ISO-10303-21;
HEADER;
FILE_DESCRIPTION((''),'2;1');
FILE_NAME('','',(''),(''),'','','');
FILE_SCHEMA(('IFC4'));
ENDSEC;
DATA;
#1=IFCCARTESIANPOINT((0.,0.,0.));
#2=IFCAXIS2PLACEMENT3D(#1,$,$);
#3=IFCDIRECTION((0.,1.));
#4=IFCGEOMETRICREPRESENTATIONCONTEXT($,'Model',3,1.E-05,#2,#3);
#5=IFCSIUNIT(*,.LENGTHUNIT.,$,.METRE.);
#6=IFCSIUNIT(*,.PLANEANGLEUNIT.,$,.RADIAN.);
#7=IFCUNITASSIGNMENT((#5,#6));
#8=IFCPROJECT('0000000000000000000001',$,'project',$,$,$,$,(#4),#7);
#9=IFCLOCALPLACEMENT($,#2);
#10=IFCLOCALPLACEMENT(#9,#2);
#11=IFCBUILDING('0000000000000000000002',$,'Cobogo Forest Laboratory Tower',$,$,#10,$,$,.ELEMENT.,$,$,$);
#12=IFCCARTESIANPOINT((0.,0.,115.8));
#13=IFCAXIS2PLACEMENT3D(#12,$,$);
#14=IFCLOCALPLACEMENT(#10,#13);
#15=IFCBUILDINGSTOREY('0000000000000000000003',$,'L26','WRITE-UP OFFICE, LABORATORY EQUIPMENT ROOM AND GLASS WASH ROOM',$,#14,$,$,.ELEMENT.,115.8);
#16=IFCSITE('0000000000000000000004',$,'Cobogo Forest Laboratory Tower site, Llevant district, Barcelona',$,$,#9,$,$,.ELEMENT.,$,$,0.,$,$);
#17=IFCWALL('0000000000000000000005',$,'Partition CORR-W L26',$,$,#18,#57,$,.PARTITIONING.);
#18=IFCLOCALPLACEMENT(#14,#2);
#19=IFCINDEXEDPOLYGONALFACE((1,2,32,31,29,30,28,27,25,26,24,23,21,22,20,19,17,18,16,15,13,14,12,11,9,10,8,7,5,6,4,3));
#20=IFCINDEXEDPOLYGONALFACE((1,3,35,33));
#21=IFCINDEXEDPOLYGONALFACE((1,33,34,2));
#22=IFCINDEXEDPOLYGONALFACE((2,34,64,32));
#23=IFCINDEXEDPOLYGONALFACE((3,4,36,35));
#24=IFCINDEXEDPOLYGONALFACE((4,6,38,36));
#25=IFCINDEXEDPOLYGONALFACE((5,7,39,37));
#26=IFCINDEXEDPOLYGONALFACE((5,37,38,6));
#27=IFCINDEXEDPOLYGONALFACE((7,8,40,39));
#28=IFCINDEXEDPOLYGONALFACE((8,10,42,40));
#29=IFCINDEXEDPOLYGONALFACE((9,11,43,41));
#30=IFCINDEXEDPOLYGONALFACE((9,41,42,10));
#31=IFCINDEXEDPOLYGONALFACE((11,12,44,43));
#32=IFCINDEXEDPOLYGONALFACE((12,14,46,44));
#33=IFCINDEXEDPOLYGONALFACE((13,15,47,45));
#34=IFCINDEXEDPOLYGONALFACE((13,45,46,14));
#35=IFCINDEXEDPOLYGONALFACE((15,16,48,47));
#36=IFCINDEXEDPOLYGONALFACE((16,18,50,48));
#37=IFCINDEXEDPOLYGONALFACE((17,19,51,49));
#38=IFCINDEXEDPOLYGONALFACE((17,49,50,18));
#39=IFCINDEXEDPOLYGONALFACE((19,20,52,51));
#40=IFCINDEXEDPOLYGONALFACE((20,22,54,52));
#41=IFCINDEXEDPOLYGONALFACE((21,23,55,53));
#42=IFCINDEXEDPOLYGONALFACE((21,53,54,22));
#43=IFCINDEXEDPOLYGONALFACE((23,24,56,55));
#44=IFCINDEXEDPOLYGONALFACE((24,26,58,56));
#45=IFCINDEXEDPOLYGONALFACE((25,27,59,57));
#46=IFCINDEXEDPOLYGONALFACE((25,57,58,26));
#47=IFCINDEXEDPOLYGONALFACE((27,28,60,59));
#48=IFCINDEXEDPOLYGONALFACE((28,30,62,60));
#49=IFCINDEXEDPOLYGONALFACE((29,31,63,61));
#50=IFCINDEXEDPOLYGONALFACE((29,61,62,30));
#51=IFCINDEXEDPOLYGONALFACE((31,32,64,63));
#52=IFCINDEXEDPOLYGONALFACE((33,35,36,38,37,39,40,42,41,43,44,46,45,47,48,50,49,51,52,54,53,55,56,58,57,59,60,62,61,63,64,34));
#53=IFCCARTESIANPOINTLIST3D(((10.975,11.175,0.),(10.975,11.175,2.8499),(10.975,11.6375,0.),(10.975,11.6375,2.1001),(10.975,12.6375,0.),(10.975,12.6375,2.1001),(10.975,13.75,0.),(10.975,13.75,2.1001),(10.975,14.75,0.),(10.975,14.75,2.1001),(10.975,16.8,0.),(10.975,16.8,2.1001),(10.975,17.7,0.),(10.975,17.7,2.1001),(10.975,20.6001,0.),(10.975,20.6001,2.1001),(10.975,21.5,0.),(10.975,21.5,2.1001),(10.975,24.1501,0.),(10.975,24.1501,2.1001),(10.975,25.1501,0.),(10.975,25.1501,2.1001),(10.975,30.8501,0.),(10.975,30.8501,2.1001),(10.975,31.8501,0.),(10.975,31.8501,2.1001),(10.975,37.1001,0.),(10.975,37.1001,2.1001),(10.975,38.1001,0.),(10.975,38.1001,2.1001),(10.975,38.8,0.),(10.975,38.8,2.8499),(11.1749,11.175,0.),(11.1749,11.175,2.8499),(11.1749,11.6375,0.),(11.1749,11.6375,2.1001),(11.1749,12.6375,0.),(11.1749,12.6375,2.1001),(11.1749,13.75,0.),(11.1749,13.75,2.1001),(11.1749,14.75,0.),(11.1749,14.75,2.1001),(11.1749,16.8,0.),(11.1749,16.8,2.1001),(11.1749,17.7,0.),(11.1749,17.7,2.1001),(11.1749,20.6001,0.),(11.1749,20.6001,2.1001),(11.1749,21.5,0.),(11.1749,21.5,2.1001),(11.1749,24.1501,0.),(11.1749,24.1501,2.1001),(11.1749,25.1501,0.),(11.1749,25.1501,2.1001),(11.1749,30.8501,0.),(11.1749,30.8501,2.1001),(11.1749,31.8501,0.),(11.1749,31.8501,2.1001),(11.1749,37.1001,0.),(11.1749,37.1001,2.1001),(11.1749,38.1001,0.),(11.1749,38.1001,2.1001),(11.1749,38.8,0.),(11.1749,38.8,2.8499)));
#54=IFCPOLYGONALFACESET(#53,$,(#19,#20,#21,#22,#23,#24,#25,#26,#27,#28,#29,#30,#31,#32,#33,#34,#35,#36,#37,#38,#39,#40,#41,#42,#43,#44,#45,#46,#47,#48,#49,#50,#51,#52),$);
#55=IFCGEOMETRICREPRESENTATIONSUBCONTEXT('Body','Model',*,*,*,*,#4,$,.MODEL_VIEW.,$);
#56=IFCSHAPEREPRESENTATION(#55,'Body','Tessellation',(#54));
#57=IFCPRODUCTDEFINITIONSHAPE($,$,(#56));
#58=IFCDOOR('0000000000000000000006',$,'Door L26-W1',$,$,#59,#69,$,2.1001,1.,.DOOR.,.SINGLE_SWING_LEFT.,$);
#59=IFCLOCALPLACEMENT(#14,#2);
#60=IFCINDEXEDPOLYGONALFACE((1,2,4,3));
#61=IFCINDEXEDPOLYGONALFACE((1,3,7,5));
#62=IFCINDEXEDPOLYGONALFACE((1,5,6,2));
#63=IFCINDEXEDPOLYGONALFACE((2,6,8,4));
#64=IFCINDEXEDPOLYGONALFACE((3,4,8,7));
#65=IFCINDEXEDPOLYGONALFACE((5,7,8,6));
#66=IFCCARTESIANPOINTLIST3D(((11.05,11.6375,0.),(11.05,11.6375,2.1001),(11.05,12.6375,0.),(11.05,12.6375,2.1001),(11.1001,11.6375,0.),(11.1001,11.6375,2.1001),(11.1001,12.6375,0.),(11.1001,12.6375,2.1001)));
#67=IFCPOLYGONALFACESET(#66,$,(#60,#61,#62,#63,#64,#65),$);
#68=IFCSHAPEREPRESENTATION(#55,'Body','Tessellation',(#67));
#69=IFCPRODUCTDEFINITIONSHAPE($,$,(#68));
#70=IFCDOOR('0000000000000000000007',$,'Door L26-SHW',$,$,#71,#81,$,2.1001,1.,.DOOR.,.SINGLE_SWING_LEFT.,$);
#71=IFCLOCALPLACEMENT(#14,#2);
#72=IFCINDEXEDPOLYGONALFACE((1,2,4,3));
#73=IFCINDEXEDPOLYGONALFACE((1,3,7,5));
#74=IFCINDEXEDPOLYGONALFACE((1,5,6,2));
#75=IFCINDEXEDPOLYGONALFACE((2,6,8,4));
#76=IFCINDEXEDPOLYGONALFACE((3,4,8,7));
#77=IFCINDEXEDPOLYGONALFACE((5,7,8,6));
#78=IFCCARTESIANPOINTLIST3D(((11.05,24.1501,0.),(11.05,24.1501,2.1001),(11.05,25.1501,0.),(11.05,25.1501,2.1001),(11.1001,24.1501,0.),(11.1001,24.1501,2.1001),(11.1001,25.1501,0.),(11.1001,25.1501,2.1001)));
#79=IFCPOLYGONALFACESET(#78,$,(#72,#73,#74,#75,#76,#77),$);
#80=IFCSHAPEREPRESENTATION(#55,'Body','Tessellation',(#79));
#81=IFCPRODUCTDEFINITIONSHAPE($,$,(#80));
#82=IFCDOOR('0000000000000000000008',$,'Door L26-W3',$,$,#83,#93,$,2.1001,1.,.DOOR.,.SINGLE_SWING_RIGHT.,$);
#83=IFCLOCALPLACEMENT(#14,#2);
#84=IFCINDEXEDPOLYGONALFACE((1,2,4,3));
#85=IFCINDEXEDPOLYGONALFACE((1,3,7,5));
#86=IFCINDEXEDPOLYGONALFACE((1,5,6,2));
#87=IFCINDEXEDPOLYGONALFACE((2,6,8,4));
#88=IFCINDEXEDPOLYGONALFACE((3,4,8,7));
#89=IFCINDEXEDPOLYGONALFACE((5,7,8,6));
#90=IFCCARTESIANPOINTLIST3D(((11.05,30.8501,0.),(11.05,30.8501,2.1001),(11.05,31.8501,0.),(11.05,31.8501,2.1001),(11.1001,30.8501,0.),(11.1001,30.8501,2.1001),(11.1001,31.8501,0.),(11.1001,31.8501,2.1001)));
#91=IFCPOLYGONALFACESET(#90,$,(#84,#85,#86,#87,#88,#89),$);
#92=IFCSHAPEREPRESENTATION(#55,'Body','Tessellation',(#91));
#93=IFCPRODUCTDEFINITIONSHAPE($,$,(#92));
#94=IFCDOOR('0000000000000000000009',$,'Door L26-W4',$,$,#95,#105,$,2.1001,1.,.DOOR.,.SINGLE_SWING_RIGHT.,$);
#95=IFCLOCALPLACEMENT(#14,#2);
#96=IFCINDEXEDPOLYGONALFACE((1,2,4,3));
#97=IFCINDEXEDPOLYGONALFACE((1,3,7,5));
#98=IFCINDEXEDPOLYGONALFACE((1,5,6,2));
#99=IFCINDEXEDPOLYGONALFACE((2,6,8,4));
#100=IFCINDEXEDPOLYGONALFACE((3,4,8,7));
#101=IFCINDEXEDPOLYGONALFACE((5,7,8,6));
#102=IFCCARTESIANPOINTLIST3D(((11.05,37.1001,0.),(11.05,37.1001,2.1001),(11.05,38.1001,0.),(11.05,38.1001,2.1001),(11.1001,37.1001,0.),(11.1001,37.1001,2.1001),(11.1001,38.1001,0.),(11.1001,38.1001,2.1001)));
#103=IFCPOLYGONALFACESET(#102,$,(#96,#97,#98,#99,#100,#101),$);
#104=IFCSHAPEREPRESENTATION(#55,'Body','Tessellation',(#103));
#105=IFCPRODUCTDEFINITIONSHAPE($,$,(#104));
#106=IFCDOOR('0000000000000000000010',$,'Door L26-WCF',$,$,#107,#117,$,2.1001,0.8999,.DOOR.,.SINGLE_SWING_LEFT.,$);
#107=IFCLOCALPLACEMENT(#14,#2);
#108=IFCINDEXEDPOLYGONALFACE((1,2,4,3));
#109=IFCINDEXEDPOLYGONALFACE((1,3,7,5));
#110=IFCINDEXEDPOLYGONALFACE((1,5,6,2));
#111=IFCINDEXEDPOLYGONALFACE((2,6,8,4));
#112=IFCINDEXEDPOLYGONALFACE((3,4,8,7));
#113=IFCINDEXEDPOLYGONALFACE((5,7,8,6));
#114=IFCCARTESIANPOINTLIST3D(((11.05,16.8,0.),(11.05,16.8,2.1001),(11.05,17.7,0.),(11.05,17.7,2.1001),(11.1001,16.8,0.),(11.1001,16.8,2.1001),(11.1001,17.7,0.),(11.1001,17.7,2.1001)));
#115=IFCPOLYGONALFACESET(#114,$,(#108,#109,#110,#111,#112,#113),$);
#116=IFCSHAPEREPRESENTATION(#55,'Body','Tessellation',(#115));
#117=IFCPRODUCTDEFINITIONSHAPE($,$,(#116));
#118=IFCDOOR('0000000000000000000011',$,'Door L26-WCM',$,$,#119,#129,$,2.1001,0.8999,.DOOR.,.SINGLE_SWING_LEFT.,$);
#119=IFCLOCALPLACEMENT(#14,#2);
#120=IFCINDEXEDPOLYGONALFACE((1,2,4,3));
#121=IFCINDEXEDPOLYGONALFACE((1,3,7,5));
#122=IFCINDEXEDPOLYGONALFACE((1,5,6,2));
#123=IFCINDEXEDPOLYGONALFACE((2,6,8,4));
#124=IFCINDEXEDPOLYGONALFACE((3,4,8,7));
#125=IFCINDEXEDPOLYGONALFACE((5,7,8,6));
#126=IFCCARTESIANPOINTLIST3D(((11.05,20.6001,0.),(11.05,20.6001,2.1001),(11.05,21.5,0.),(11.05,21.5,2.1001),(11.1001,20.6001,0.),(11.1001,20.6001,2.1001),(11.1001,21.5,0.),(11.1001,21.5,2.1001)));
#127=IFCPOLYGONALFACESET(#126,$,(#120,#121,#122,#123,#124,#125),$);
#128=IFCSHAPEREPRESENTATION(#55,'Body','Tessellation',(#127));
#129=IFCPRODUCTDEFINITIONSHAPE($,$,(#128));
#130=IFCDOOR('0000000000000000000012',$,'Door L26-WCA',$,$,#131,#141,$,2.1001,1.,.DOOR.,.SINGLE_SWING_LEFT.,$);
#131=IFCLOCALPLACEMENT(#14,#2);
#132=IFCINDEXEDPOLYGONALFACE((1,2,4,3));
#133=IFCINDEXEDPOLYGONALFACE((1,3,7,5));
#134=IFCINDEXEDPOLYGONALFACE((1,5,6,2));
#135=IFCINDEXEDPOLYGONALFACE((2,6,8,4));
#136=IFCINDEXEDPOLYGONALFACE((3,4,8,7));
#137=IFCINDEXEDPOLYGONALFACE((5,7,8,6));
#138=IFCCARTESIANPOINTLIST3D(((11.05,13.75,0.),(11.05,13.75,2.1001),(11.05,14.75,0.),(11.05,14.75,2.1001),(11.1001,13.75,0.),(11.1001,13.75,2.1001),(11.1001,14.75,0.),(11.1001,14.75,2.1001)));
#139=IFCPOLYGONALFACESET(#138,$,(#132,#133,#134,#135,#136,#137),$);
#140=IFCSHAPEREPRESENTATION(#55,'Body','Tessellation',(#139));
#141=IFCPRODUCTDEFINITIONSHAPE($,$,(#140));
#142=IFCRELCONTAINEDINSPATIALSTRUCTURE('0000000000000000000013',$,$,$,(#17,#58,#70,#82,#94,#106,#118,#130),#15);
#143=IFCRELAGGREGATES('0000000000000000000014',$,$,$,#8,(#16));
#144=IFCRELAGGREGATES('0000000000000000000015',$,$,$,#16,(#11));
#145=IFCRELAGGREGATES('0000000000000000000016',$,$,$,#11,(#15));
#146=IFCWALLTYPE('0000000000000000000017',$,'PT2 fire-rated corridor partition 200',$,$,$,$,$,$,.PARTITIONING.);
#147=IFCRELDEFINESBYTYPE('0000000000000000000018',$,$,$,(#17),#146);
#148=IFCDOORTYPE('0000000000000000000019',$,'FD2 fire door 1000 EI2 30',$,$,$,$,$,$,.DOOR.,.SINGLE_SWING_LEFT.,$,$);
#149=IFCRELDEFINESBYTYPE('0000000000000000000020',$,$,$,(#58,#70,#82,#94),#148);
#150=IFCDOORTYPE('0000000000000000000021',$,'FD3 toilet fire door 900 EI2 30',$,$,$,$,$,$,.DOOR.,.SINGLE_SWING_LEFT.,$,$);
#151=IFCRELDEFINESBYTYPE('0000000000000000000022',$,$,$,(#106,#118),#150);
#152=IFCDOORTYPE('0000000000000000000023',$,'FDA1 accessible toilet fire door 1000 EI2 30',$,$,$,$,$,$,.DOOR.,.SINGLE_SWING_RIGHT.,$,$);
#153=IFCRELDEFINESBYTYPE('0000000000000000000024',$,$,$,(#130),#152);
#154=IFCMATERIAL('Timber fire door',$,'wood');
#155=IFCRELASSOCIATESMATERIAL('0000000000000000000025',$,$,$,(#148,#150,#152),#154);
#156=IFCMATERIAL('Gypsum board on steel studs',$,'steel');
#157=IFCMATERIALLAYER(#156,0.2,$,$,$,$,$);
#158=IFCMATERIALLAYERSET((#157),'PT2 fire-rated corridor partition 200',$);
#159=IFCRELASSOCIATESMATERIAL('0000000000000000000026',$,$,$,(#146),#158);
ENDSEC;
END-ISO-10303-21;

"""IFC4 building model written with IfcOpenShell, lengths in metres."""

from ifc_helpers import new_model, si_unit, direction, frame, frame_2d, origin, place, context, subcontext, project, spatial, rectangle, extrude, material, layer, layer_set, type_object, element, fill, save


model = new_model("IFC4")

# Units and contexts
model_context = context("Model", 3, precision=1e-05, world=origin(), true_north=direction((0.0, 1.0)))
body_context = subcontext(model_context, "Body", "Model", "MODEL_VIEW")
ifc_project = project(units=[si_unit("LENGTHUNIT", "METRE"), si_unit("PLANEANGLEUNIT", "RADIAN")], contexts=[model_context])

# Site, building, storey
site_placement = place(None, origin())
site = spatial("IfcSite", under=ifc_project, at=site_placement, Name="Cobogo Forest Laboratory Tower site, Llevant district, Barcelona", CompositionType="ELEMENT", RefElevation=0.0)
building_placement = place(site_placement, origin())
building = spatial("IfcBuilding", under=site, at=building_placement, Name="Cobogo Forest Laboratory Tower", CompositionType="ELEMENT")
storey_placement = place(building_placement, frame((0.0, 0.0, 115.8)))
storey = spatial("IfcBuildingStorey", under=building, at=storey_placement, Name="L26", Description="WRITE-UP OFFICE, LABORATORY EQUIPMENT ROOM AND GLASS WASH ROOM", CompositionType="ELEMENT", Elevation=115.8)

# Shared definitions
ifc_material_1 = material(Name="Gypsum board on steel studs", Category="steel")
ifc_material_2 = material(Name="Timber fire door", Category="wood")
door_type_1 = type_object("IfcDoorType", Name="FD2 fire door 1000 EI2 30", OperationType="SINGLE_SWING_LEFT", PredefinedType="DOOR", material=ifc_material_2)

# Wall, openings, doors
ifc_layer_1 = layer(ifc_material_1, 0.2)
ifc_layer_set_1 = layer_set([ifc_layer_1], Name="PT2 fire-rated corridor partition 200")
wall_type_1 = type_object("IfcWallType", Name="PT2 fire-rated corridor partition 200", PredefinedType="PARTITIONING", material=ifc_layer_set_1)
wall_1_placement = place(storey_placement, frame((11.075, 11.175, 0.0), z_axis=(0.0, 0.0, 1.0), x_axis=(0.0, 1.0, 0.0)))
wall_1 = element("IfcWall", 1, at=wall_1_placement, inside=storey, type_object=wall_type_1, Name="Partition CORR-W L26", PredefinedType="PARTITIONING", context=body_context, shape_type="SweptSolid", body=[
    extrude(rectangle(XDim=27.625, YDim=0.2, at=frame_2d((13.8125, 0.0))), origin(), (0.0, 0.0, 1.0), 2.8499),
])
opening_1_placement = place(wall_1_placement, frame((0.4624, 0.0, 0.0)))
opening_1 = element("IfcOpeningElement", 2, at=opening_1_placement, cuts=wall_1, PredefinedType="OPENING", context=body_context, shape_type="SweptSolid", body=[
    extrude(rectangle(XDim=1.0, YDim=2.1001, at=frame_2d((0.5, 1.05))), frame((0.0, 0.1099, 0.0), z_axis=(0.0, -1.0, 0.0), x_axis=(1.0, 0.0, 0.0)), (0.0, 0.0, 1.0), 0.22),
])
opening_2_placement = place(wall_1_placement, frame((2.575, 0.0, 0.0)))
opening_2 = element("IfcOpeningElement", 3, at=opening_2_placement, cuts=wall_1, PredefinedType="OPENING", context=body_context, shape_type="SweptSolid", body=[
    extrude(rectangle(XDim=1.0, YDim=2.1001, at=frame_2d((0.5, 1.05))), frame((0.0, 0.1099, 0.0), z_axis=(0.0, -1.0, 0.0), x_axis=(1.0, 0.0, 0.0)), (0.0, 0.0, 1.0), 0.22),
])
opening_3_placement = place(wall_1_placement, frame((5.625, 0.0, 0.0)))
opening_3 = element("IfcOpeningElement", 4, at=opening_3_placement, cuts=wall_1, PredefinedType="OPENING", context=body_context, shape_type="SweptSolid", body=[
    extrude(rectangle(XDim=0.8999, YDim=2.1001, at=frame_2d((0.45, 1.05))), frame((0.0, 0.1099, 0.0), z_axis=(0.0, -1.0, 0.0), x_axis=(1.0, 0.0, 0.0)), (0.0, 0.0, 1.0), 0.22),
])
opening_4_placement = place(wall_1_placement, frame((9.425, 0.0, 0.0)))
opening_4 = element("IfcOpeningElement", 5, at=opening_4_placement, cuts=wall_1, PredefinedType="OPENING", context=body_context, shape_type="SweptSolid", body=[
    extrude(rectangle(XDim=0.8999, YDim=2.1001, at=frame_2d((0.45, 1.05))), frame((0.0, 0.1099, 0.0), z_axis=(0.0, -1.0, 0.0), x_axis=(1.0, 0.0, 0.0)), (0.0, 0.0, 1.0), 0.22),
])
opening_5_placement = place(wall_1_placement, frame((12.9751, 0.0, 0.0)))
opening_5 = element("IfcOpeningElement", 6, at=opening_5_placement, cuts=wall_1, PredefinedType="OPENING", context=body_context, shape_type="SweptSolid", body=[
    extrude(rectangle(XDim=1.0, YDim=2.1001, at=frame_2d((0.5, 1.05))), frame((0.0, 0.1099, 0.0), z_axis=(0.0, -1.0, 0.0), x_axis=(1.0, 0.0, 0.0)), (0.0, 0.0, 1.0), 0.22),
])
opening_6_placement = place(wall_1_placement, frame((19.675, 0.0, 0.0)))
opening_6 = element("IfcOpeningElement", 7, at=opening_6_placement, cuts=wall_1, PredefinedType="OPENING", context=body_context, shape_type="SweptSolid", body=[
    extrude(rectangle(XDim=1.0, YDim=2.1001, at=frame_2d((0.5, 1.05))), frame((0.0, 0.1099, 0.0), z_axis=(0.0, -1.0, 0.0), x_axis=(1.0, 0.0, 0.0)), (0.0, 0.0, 1.0), 0.22),
])
opening_7_placement = place(wall_1_placement, frame((25.925, 0.0, 0.0)))
opening_7 = element("IfcOpeningElement", 8, at=opening_7_placement, cuts=wall_1, PredefinedType="OPENING", context=body_context, shape_type="SweptSolid", body=[
    extrude(rectangle(XDim=1.0, YDim=2.1001, at=frame_2d((0.5, 1.05))), frame((0.0, 0.1099, 0.0), z_axis=(0.0, -1.0, 0.0), x_axis=(1.0, 0.0, 0.0)), (0.0, 0.0, 1.0), 0.22),
])
door_1_placement = place(opening_1_placement, origin())
door_1 = element("IfcDoor", 9, at=door_1_placement, inside=storey, type_object=door_type_1, Name="Door L26-W1", OperationType="SINGLE_SWING_LEFT", OverallHeight=2.1001, OverallWidth=1.0, PredefinedType="DOOR", context=body_context, shape_type="SweptSolid", body=[
    extrude(rectangle(XDim=1.0, YDim=2.1001, at=frame_2d((0.5, 1.05))), frame((0.0, 0.0249, 0.0), z_axis=(0.0, -1.0, 0.0), x_axis=(1.0, 0.0, 0.0)), (0.0, 0.0, 1.0), 0.05),
])
fill(opening_1, door_1)
door_2_placement = place(opening_5_placement, origin())
door_2 = element("IfcDoor", 10, at=door_2_placement, inside=storey, type_object=door_type_1, Name="Door L26-SHW", OperationType="SINGLE_SWING_LEFT", OverallHeight=2.1001, OverallWidth=1.0, PredefinedType="DOOR", context=body_context, shape_type="SweptSolid", body=[
    extrude(rectangle(XDim=1.0, YDim=2.1001, at=frame_2d((0.5, 1.05))), frame((0.0, 0.0249, 0.0), z_axis=(0.0, -1.0, 0.0), x_axis=(1.0, 0.0, 0.0)), (0.0, 0.0, 1.0), 0.05),
])
fill(opening_5, door_2)
door_3_placement = place(opening_6_placement, origin())
door_3 = element("IfcDoor", 11, at=door_3_placement, inside=storey, type_object=door_type_1, Name="Door L26-W3", OperationType="SINGLE_SWING_RIGHT", OverallHeight=2.1001, OverallWidth=1.0, PredefinedType="DOOR", context=body_context, shape_type="SweptSolid", body=[
    extrude(rectangle(XDim=1.0, YDim=2.1001, at=frame_2d((0.5, 1.05))), frame((0.0, 0.0249, 0.0), z_axis=(0.0, -1.0, 0.0), x_axis=(1.0, 0.0, 0.0)), (0.0, 0.0, 1.0), 0.05),
])
fill(opening_6, door_3)
door_4_placement = place(opening_7_placement, origin())
door_4 = element("IfcDoor", 12, at=door_4_placement, inside=storey, type_object=door_type_1, Name="Door L26-W4", OperationType="SINGLE_SWING_RIGHT", OverallHeight=2.1001, OverallWidth=1.0, PredefinedType="DOOR", context=body_context, shape_type="SweptSolid", body=[
    extrude(rectangle(XDim=1.0, YDim=2.1001, at=frame_2d((0.5, 1.05))), frame((0.0, 0.0249, 0.0), z_axis=(0.0, -1.0, 0.0), x_axis=(1.0, 0.0, 0.0)), (0.0, 0.0, 1.0), 0.05),
])
fill(opening_7, door_4)
door_type_2 = type_object("IfcDoorType", Name="FD3 toilet fire door 900 EI2 30", OperationType="SINGLE_SWING_LEFT", PredefinedType="DOOR", material=ifc_material_2)
door_5_placement = place(opening_3_placement, origin())
door_5 = element("IfcDoor", 13, at=door_5_placement, inside=storey, type_object=door_type_2, Name="Door L26-WCF", OperationType="SINGLE_SWING_LEFT", OverallHeight=2.1001, OverallWidth=0.8999, PredefinedType="DOOR", context=body_context, shape_type="SweptSolid", body=[
    extrude(rectangle(XDim=0.8999, YDim=2.1001, at=frame_2d((0.45, 1.05))), frame((0.0, 0.0249, 0.0), z_axis=(0.0, -1.0, 0.0), x_axis=(1.0, 0.0, 0.0)), (0.0, 0.0, 1.0), 0.05),
])
fill(opening_3, door_5)
door_6_placement = place(opening_4_placement, origin())
door_6 = element("IfcDoor", 14, at=door_6_placement, inside=storey, type_object=door_type_2, Name="Door L26-WCM", OperationType="SINGLE_SWING_LEFT", OverallHeight=2.1001, OverallWidth=0.8999, PredefinedType="DOOR", context=body_context, shape_type="SweptSolid", body=[
    extrude(rectangle(XDim=0.8999, YDim=2.1001, at=frame_2d((0.45, 1.05))), frame((0.0, 0.0249, 0.0), z_axis=(0.0, -1.0, 0.0), x_axis=(1.0, 0.0, 0.0)), (0.0, 0.0, 1.0), 0.05),
])
fill(opening_4, door_6)
door_type_3 = type_object("IfcDoorType", Name="FDA1 accessible toilet fire door 1000 EI2 30", OperationType="SINGLE_SWING_RIGHT", PredefinedType="DOOR", material=ifc_material_2)
door_7_placement = place(opening_2_placement, origin())
door_7 = element("IfcDoor", 15, at=door_7_placement, inside=storey, type_object=door_type_3, Name="Door L26-WCA", OperationType="SINGLE_SWING_LEFT", OverallHeight=2.1001, OverallWidth=1.0, PredefinedType="DOOR", context=body_context, shape_type="SweptSolid", body=[
    extrude(rectangle(XDim=1.0, YDim=2.1001, at=frame_2d((0.5, 1.05))), frame((0.0, 0.0249, 0.0), z_axis=(0.0, -1.0, 0.0), x_axis=(1.0, 0.0, 0.0)), (0.0, 0.0, 1.0), 0.05),
])
fill(opening_2, door_7)

save(model, "model.ifc")
